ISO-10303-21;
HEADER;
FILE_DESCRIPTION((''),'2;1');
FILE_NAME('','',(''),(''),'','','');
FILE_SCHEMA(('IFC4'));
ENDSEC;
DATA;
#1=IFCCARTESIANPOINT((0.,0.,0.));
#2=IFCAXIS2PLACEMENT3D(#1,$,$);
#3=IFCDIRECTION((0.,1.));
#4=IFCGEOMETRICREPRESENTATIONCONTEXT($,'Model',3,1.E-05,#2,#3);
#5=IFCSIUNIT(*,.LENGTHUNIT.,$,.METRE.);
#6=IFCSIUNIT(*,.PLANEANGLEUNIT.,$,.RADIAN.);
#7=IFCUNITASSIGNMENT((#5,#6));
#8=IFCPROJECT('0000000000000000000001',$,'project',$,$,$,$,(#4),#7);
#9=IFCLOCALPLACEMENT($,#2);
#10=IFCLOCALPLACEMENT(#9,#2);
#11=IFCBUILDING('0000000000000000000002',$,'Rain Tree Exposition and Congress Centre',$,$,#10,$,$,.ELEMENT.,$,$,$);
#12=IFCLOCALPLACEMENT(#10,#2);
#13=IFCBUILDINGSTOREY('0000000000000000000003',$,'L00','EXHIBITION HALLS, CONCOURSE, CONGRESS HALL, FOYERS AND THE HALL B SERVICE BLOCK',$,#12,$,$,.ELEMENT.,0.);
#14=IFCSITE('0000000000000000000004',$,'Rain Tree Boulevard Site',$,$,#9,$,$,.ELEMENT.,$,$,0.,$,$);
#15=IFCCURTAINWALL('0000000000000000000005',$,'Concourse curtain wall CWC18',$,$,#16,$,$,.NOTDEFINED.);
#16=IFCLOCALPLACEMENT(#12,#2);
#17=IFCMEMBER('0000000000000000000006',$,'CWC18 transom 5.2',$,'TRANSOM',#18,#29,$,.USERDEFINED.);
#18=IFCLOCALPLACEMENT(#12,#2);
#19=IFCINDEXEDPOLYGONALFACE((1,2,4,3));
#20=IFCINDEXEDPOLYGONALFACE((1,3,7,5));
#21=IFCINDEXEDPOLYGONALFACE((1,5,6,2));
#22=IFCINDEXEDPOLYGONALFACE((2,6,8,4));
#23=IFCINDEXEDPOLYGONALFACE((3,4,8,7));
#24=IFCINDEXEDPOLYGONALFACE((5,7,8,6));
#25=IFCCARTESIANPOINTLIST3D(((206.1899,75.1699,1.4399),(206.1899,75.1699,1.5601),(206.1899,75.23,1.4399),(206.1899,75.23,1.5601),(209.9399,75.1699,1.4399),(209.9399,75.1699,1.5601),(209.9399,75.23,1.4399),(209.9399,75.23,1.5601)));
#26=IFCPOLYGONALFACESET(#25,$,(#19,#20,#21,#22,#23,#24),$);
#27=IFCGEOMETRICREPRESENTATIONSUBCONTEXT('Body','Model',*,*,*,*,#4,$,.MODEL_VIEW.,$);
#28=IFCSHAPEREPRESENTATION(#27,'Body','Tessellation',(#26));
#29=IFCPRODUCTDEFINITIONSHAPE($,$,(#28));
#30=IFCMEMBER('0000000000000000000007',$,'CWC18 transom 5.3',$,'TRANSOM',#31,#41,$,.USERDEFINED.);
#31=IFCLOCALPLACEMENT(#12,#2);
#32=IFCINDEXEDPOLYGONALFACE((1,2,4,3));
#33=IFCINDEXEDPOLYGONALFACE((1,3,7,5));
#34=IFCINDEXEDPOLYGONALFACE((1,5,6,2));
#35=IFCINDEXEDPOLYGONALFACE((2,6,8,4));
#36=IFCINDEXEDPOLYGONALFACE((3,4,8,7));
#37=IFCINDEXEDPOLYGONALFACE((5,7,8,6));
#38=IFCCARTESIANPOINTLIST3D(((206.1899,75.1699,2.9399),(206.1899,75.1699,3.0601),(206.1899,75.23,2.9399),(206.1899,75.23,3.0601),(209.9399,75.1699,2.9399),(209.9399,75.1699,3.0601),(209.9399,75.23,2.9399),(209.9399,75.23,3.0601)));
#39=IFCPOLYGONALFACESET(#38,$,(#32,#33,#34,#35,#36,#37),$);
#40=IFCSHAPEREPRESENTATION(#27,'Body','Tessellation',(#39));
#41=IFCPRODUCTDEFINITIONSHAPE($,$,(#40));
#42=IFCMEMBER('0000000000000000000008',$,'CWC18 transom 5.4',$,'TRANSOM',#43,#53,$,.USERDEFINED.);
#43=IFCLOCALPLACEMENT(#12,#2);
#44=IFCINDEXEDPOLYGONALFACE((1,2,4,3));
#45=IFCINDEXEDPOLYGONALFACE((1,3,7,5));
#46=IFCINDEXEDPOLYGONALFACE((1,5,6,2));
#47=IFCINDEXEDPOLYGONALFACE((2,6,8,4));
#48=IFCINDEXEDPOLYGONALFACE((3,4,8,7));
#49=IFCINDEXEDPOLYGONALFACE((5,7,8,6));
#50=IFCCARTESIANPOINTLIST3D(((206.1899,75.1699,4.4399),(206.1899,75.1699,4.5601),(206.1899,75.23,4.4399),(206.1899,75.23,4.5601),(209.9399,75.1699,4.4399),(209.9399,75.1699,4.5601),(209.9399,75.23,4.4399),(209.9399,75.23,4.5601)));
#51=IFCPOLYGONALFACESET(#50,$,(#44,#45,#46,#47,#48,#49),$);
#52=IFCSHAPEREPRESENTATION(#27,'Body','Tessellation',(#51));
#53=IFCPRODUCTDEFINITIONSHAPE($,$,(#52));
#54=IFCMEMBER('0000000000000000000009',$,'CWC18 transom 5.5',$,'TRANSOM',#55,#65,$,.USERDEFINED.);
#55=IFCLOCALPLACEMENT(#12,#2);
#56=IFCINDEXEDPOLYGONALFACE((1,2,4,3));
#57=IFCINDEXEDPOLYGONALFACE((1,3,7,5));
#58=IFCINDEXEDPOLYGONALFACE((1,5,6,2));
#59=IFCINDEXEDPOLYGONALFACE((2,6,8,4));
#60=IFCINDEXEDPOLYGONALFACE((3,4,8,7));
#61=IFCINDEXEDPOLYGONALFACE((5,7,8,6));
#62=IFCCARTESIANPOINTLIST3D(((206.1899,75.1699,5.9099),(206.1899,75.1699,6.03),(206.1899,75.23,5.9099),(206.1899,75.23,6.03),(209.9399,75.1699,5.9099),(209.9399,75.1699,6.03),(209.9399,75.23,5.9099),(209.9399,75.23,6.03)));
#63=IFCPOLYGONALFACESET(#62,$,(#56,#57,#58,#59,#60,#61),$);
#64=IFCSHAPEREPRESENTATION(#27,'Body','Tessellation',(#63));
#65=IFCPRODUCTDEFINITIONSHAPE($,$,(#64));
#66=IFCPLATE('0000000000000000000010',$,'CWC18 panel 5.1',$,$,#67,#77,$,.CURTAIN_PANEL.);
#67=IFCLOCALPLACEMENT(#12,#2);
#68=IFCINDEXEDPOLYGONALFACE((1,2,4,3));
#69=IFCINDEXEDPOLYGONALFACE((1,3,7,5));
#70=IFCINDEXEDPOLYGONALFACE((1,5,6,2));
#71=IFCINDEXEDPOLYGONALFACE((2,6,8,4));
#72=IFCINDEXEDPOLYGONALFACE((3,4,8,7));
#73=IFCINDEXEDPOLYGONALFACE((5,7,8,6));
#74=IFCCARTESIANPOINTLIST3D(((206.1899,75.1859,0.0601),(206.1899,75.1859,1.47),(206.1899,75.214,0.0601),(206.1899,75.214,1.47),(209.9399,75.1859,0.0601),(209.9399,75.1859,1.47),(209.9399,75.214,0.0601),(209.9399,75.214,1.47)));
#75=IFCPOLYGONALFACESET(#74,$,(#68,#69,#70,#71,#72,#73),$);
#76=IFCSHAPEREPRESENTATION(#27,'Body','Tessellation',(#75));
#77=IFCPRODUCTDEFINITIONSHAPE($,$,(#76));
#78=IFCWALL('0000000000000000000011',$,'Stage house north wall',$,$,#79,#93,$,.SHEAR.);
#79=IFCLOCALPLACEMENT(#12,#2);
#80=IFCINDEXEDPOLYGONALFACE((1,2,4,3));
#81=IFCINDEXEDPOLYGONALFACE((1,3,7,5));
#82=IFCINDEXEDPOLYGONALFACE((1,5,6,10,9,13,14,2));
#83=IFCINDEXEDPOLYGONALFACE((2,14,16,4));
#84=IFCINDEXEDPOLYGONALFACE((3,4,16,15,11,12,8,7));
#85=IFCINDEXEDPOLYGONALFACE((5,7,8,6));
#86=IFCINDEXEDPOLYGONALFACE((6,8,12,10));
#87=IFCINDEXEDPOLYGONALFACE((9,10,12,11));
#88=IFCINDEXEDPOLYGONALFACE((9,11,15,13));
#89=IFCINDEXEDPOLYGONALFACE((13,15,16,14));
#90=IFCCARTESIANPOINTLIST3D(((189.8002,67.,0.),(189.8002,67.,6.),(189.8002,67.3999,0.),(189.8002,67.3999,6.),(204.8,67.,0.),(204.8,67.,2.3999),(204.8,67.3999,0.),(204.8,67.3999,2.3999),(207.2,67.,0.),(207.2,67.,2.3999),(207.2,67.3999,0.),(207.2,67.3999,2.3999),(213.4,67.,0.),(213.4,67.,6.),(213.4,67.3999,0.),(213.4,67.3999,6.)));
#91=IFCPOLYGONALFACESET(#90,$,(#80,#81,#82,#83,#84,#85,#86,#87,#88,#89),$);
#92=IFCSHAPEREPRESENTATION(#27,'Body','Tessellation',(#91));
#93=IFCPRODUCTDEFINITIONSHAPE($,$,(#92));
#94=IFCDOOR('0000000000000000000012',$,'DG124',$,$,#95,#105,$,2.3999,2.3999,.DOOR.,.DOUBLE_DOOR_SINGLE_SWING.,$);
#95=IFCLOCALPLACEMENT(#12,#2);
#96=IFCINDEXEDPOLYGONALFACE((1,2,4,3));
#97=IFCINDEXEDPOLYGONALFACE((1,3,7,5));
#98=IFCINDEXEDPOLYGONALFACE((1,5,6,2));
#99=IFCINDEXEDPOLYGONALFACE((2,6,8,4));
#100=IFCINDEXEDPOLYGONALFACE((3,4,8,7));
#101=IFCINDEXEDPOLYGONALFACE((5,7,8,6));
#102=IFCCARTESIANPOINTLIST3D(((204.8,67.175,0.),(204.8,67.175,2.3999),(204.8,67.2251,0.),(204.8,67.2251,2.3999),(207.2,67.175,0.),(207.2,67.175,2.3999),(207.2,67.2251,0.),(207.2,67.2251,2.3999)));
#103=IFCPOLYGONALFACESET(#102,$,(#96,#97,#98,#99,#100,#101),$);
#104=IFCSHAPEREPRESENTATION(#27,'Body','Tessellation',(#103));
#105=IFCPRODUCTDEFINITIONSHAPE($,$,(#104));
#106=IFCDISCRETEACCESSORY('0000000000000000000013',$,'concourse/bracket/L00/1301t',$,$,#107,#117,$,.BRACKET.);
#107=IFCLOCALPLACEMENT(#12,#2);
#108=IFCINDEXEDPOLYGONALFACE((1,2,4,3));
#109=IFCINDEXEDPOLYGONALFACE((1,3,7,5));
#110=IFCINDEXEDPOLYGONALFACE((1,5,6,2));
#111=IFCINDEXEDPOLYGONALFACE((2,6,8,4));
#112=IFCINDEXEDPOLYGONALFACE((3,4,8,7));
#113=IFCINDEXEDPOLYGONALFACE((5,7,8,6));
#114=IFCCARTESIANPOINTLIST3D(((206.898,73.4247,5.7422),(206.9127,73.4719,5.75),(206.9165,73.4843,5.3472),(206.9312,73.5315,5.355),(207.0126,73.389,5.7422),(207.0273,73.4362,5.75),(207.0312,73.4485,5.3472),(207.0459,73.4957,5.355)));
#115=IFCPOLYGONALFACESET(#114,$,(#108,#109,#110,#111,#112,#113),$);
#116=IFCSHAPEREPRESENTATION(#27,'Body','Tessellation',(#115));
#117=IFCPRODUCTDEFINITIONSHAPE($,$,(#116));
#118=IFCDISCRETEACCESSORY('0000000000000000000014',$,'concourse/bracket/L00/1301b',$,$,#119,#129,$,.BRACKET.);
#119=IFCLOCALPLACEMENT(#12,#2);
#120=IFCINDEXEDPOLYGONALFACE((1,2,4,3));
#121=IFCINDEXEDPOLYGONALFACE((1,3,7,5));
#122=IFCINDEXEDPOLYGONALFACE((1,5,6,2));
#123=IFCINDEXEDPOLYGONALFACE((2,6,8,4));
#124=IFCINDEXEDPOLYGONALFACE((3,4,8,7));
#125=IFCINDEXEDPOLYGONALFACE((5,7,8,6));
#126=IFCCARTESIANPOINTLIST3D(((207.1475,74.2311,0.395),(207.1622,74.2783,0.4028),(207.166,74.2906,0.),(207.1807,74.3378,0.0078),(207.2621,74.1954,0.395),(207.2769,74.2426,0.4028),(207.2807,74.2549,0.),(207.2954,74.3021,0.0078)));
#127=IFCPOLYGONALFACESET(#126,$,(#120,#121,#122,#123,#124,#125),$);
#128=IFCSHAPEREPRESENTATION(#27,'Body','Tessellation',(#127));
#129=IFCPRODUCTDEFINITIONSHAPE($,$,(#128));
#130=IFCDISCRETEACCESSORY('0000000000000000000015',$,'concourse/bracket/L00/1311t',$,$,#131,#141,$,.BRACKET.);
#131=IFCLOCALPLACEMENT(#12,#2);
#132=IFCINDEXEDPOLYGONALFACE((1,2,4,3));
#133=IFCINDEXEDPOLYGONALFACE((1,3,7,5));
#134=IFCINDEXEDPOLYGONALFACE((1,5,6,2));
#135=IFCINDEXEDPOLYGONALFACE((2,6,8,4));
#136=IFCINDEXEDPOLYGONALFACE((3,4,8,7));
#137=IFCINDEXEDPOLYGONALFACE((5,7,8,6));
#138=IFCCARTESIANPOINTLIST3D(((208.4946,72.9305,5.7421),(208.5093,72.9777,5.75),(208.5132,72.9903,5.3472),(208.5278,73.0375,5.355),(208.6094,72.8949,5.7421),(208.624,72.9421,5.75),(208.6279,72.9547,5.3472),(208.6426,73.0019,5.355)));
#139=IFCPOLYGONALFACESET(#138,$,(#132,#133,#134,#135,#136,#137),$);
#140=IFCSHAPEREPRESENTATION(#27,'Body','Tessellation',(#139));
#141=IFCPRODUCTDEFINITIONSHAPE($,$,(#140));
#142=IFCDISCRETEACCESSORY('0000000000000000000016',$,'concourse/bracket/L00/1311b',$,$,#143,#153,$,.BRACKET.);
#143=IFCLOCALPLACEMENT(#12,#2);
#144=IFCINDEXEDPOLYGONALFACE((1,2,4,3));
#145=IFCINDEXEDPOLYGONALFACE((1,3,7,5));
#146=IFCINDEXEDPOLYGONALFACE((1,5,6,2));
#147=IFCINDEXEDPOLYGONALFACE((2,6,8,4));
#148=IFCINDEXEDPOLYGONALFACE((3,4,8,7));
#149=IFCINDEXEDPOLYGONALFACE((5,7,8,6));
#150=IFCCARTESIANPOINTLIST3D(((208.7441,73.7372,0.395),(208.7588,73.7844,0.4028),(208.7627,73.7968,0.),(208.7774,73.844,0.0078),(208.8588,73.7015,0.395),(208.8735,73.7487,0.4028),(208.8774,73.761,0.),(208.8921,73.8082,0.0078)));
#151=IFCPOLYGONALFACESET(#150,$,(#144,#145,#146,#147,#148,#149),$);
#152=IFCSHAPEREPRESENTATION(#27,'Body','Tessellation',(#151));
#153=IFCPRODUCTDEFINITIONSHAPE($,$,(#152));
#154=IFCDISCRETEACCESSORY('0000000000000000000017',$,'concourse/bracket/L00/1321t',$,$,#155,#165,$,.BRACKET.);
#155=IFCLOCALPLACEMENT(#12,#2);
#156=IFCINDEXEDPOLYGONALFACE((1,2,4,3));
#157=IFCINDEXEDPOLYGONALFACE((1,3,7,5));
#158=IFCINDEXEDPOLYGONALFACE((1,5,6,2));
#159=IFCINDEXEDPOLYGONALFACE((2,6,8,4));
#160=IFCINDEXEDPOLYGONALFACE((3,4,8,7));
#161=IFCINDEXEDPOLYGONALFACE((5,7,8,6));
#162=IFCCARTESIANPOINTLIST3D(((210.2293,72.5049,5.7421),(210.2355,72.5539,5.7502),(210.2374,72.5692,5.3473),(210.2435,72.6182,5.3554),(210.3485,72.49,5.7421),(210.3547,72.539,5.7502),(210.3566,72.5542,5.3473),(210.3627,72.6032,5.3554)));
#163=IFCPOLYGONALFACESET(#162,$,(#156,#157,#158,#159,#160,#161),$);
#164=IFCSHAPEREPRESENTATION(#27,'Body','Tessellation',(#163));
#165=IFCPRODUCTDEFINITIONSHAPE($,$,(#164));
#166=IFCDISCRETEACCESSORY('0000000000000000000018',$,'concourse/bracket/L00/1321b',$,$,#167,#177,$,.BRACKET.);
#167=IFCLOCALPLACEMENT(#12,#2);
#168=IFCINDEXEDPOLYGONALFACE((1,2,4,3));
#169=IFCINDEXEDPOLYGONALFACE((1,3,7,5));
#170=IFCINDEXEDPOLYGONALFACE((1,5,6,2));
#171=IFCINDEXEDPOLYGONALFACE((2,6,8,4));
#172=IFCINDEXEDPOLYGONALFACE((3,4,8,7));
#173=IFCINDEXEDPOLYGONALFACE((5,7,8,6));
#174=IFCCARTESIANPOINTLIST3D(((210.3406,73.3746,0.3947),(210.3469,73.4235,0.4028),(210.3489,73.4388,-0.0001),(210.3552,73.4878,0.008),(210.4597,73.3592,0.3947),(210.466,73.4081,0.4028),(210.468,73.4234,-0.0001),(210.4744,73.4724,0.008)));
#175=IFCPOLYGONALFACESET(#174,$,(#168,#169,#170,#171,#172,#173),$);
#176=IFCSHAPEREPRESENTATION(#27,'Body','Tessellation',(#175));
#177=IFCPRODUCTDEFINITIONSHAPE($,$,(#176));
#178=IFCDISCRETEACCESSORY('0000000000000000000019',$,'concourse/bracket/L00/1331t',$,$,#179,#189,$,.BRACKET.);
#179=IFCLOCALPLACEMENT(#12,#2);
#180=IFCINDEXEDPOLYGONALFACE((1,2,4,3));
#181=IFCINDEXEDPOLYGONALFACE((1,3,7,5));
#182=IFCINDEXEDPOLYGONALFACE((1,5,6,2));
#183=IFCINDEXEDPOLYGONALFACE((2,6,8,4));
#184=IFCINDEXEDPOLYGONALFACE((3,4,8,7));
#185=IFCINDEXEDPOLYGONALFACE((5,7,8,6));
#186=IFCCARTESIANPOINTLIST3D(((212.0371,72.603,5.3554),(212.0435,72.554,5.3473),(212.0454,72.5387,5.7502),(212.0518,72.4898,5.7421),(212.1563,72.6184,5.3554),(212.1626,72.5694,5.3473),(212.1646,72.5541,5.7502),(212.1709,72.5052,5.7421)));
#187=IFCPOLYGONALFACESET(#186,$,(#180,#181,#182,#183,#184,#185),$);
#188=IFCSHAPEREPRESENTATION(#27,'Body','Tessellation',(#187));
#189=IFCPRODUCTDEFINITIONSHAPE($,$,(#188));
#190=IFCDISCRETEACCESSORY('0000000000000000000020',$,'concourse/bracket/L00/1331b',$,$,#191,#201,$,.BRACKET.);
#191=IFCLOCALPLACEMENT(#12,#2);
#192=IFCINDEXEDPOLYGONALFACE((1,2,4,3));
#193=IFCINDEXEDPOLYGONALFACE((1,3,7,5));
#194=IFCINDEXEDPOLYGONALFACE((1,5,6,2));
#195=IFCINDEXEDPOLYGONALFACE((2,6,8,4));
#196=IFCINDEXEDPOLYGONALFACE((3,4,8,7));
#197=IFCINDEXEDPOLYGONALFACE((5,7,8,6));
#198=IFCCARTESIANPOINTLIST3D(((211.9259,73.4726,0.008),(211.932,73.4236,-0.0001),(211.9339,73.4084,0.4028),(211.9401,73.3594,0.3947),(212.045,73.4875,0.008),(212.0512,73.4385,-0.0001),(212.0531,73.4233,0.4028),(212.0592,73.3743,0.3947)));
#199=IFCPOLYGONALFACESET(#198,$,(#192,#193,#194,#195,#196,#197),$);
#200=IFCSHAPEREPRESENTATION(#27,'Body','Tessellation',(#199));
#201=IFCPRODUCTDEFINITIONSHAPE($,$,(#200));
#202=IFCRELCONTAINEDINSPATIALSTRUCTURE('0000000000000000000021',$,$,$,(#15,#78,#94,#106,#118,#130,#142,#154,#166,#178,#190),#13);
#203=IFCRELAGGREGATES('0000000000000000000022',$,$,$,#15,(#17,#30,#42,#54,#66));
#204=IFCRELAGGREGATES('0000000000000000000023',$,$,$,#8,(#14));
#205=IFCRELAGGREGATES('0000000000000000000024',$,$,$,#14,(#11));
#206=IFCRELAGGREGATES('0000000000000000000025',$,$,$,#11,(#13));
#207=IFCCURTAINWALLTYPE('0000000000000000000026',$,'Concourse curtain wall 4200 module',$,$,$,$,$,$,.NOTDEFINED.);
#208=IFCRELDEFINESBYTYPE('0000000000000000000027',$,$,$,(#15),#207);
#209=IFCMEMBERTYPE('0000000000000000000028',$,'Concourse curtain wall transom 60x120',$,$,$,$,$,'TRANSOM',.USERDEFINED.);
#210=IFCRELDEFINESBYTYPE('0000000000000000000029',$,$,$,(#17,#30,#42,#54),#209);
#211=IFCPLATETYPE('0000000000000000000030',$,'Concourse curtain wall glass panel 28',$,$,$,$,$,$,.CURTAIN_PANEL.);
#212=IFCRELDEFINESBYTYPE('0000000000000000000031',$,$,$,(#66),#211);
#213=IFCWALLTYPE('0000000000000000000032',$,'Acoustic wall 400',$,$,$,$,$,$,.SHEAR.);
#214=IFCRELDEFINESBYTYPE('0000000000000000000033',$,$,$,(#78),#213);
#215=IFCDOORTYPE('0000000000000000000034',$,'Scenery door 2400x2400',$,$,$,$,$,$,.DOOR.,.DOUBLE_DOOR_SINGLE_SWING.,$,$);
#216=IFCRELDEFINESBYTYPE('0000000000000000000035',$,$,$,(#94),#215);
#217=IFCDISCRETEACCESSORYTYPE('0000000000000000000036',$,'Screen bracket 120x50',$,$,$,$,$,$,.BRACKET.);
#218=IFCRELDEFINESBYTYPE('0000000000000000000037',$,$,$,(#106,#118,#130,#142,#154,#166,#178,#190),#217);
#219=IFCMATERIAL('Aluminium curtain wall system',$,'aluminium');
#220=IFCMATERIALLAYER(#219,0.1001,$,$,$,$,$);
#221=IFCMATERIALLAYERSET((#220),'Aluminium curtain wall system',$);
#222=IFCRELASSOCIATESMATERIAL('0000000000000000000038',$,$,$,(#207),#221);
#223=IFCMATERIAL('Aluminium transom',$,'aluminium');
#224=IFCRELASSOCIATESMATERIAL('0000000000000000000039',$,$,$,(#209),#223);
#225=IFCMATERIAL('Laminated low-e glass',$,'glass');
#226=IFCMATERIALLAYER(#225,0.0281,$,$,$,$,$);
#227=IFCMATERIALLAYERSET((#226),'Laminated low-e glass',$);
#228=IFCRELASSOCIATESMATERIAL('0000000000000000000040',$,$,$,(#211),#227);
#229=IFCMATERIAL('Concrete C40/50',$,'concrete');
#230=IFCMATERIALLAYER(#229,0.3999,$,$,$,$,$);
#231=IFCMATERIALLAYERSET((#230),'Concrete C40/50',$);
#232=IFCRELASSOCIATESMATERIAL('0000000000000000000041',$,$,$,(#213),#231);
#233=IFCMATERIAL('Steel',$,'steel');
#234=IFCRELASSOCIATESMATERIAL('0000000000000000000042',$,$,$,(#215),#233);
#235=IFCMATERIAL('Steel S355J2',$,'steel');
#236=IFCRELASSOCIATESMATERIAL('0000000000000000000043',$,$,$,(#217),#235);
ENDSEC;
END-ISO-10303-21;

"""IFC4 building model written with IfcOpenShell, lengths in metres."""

from ifc_helpers import new_model, si_unit, direction, frame, frame_2d, origin, origin_2d, place, context, subcontext, project, spatial, rectangle, extrude, material, layer, layer_set, material_profile, profile_set, type_object, element, fill, aggregate, save


model = new_model("IFC4")

# Units and contexts
model_context = context("Model", 3, precision=1e-05, world=origin(), true_north=direction((0.0, 1.0)))
body_context = subcontext(model_context, "Body", "Model", "MODEL_VIEW")
ifc_project = project(units=[si_unit("LENGTHUNIT", "METRE"), si_unit("PLANEANGLEUNIT", "RADIAN")], contexts=[model_context])

# Site, building, storey
site_placement = place(None, origin())
site = spatial("IfcSite", under=ifc_project, at=site_placement, Name="Rain Tree Boulevard Site", CompositionType="ELEMENT", RefElevation=0.0)
building_placement = place(site_placement, origin())
building = spatial("IfcBuilding", under=site, at=building_placement, Name="Rain Tree Exposition and Congress Centre", CompositionType="ELEMENT")
storey_placement = place(building_placement, origin())
storey = spatial("IfcBuildingStorey", under=building, at=storey_placement, Name="L00", Description="EXHIBITION HALLS, CONCOURSE, CONGRESS HALL, FOYERS AND THE HALL B SERVICE BLOCK", CompositionType="ELEMENT", Elevation=0.0)

# Curtain wall, members, plate
ifc_material_1 = material(Name="Aluminium curtain wall system", Category="aluminium")
ifc_layer_1 = layer(ifc_material_1, 0.1001)
ifc_layer_set_1 = layer_set([ifc_layer_1], Name="Aluminium curtain wall system")
curtain_wall_type = type_object("IfcCurtainWallType", Name="Concourse curtain wall 4200 module", PredefinedType="NOTDEFINED", material=ifc_layer_set_1)
curtain_wall_placement = place(storey_placement, origin())
curtain_wall = element("IfcCurtainWall", 1, at=curtain_wall_placement, inside=storey, type_object=curtain_wall_type, Name="Concourse curtain wall CWC18", PredefinedType="NOTDEFINED")
ifc_material_2 = material(Name="Aluminium transom", Category="aluminium")
ifc_material_profile_1 = material_profile(ifc_material_2, rectangle(XDim=0.0601, YDim=0.1201, at=origin_2d()), Name="AL 60x120")
ifc_profile_set_1 = profile_set([ifc_material_profile_1], Name="Aluminium transom")
member_type = type_object("IfcMemberType", Name="Concourse curtain wall transom 60x120", ElementType="TRANSOM", PredefinedType="USERDEFINED", material=ifc_profile_set_1)
member_1_placement = place(storey_placement, frame((206.1899, 75.2, 1.5), z_axis=(1.0, 0.0, 0.0), x_axis=(0.0, 1.0, 0.0)))
member_1 = element("IfcMember", 2, at=member_1_placement, type_object=member_type, Name="CWC18 transom 5.2", ObjectType="TRANSOM", PredefinedType="USERDEFINED", context=body_context, shape_type="SweptSolid", body=[
    extrude(rectangle(XDim=0.0601, YDim=0.1201, at=origin_2d()), origin(), (0.0, 0.0, 1.0), 3.75),
])
member_2_placement = place(storey_placement, frame((206.1899, 75.2, 3.0), z_axis=(1.0, 0.0, 0.0), x_axis=(0.0, 1.0, 0.0)))
member_2 = element("IfcMember", 3, at=member_2_placement, type_object=member_type, Name="CWC18 transom 5.3", ObjectType="TRANSOM", PredefinedType="USERDEFINED", context=body_context, shape_type="SweptSolid", body=[
    extrude(rectangle(XDim=0.0601, YDim=0.1201, at=origin_2d()), origin(), (0.0, 0.0, 1.0), 3.75),
])
member_3_placement = place(storey_placement, frame((206.1899, 75.2, 4.5), z_axis=(1.0, 0.0, 0.0), x_axis=(0.0, 1.0, 0.0)))
member_3 = element("IfcMember", 4, at=member_3_placement, type_object=member_type, Name="CWC18 transom 5.4", ObjectType="TRANSOM", PredefinedType="USERDEFINED", context=body_context, shape_type="SweptSolid", body=[
    extrude(rectangle(XDim=0.0601, YDim=0.1201, at=origin_2d()), origin(), (0.0, 0.0, 1.0), 3.75),
])
member_4_placement = place(storey_placement, frame((206.1899, 75.2, 5.97), z_axis=(1.0, 0.0, 0.0), x_axis=(0.0, 1.0, 0.0)))
member_4 = element("IfcMember", 5, at=member_4_placement, type_object=member_type, Name="CWC18 transom 5.5", ObjectType="TRANSOM", PredefinedType="USERDEFINED", context=body_context, shape_type="SweptSolid", body=[
    extrude(rectangle(XDim=0.0601, YDim=0.1201, at=origin_2d()), origin(), (0.0, 0.0, 1.0), 3.75),
])
ifc_material_3 = material(Name="Laminated low-e glass", Category="glass")
ifc_layer_2 = layer(ifc_material_3, 0.0281)
ifc_layer_set_2 = layer_set([ifc_layer_2], Name="Laminated low-e glass")
plate_type = type_object("IfcPlateType", Name="Concourse curtain wall glass panel 28", PredefinedType="CURTAIN_PANEL", material=ifc_layer_set_2)
plate_placement = place(storey_placement, frame((208.0649, 75.2, 0.0601), z_axis=(0.0, 0.0, 1.0), x_axis=(1.0, 0.0, 0.0)))
plate = element("IfcPlate", 6, at=plate_placement, type_object=plate_type, Name="CWC18 panel 5.1", PredefinedType="CURTAIN_PANEL", context=body_context, shape_type="SweptSolid", body=[
    extrude(rectangle(XDim=3.75, YDim=0.0281, at=origin_2d()), origin(), (0.0, 0.0, 1.0), 1.4099),
])
aggregate(curtain_wall, [member_1, member_2, member_3, member_4, plate])

# Wall, opening, door
ifc_material_4 = material(Name="Concrete C40/50", Category="concrete")
ifc_layer_3 = layer(ifc_material_4, 0.3999)
ifc_layer_set_3 = layer_set([ifc_layer_3], Name="Concrete C40/50")
wall_type = type_object("IfcWallType", Name="Acoustic wall 400", PredefinedType="SHEAR", material=ifc_layer_set_3)
wall_placement = place(storey_placement, frame((213.3999, 67.2, 0.0), z_axis=(0.0, 0.0, 1.0), x_axis=(-1.0, 0.0, 0.0)))
wall = element("IfcWall", 7, at=wall_placement, inside=storey, type_object=wall_type, Name="Stage house north wall", PredefinedType="SHEAR", context=body_context, shape_type="SweptSolid", body=[
    extrude(rectangle(XDim=23.5999, YDim=0.3999, at=frame_2d((11.7998, 0.0))), origin(), (0.0, 0.0, 1.0), 6.0),
])
opening_placement = place(wall_placement, frame((6.2, 0.0, 0.0)))
opening = element("IfcOpeningElement", 8, at=opening_placement, cuts=wall, PredefinedType="OPENING", context=body_context, shape_type="SweptSolid", body=[
    extrude(rectangle(XDim=2.3999, YDim=2.3999, at=frame_2d((1.2, 1.2))), frame((0.0, 0.2, 0.0), z_axis=(0.0, -1.0, 0.0), x_axis=(1.0, 0.0, 0.0)), (0.0, 0.0, 1.0), 0.3999),
])
ifc_material_5 = material(Name="Steel", Category="steel")
door_type = type_object("IfcDoorType", Name="Scenery door 2400x2400", OperationType="DOUBLE_DOOR_SINGLE_SWING", PredefinedType="DOOR", material=ifc_material_5)
door_placement = place(opening_placement, origin())
door = element("IfcDoor", 9, at=door_placement, inside=storey, type_object=door_type, Name="DG124", OperationType="DOUBLE_DOOR_SINGLE_SWING", OverallHeight=2.3999, OverallWidth=2.3999, PredefinedType="DOOR", context=body_context, shape_type="SweptSolid", body=[
    extrude(rectangle(XDim=2.3999, YDim=2.3999, at=frame_2d((1.2, 1.2))), frame((0.0, 0.0249, 0.0), z_axis=(0.0, -1.0, 0.0), x_axis=(1.0, 0.0, 0.0)), (0.0, 0.0, 1.0), 0.05),
])
fill(opening, door)

# Discrete accessories
ifc_material_6 = material(Name="Steel S355J2", Category="steel")
ifc_material_profile_2 = material_profile(ifc_material_6, rectangle(XDim=0.1201, YDim=0.05, at=origin_2d()), Name="Flat bar 120x50")
ifc_profile_set_2 = profile_set([ifc_material_profile_2], Name="Steel S355J2")
discrete_accessory_type = type_object("IfcDiscreteAccessoryType", Name="Screen bracket 120x50", PredefinedType="BRACKET", material=ifc_profile_set_2)
for number, where, z_axis, x_axis, name in (
    (10, (206.9812, 73.49, 5.3511), (-0.046396, -0.148957, 0.987755), (0.954758, -0.297384, 0.0), "concourse/bracket/L00/1301t"),
    (11, (207.2307, 74.2964, 0.0039), (-0.046396, -0.148957, 0.987755), (0.954758, -0.297384, 0.0), "concourse/bracket/L00/1301b"),
    (12, (208.5779, 72.9961, 5.3511), (-0.046392, -0.149554, 0.987665), (0.955102, -0.296277, 0.0), "concourse/bracket/L00/1311t"),
    (13, (208.8274, 73.8025, 0.0039), (-0.046396, -0.148957, 0.987755), (0.954758, -0.297384, 0.0), "concourse/bracket/L00/1311b"),
):
    element("IfcDiscreteAccessory", number, at=place(storey_placement, frame(where, z_axis=z_axis, x_axis=x_axis)), inside=storey, type_object=discrete_accessory_type, Name=name, PredefinedType="BRACKET", context=body_context, shape_type="SweptSolid", body=[
        extrude(rectangle(XDim=0.1201, YDim=0.05, at=origin_2d()), origin(), (0.0, 0.0, 1.0), 0.3999),
    ])
for number, where, z_axis, x_axis, name in (
    (14, (210.3, 72.5862, 5.3513), (-0.020139, -0.160505, 0.98683), (0.99222, -0.124499, 0.0), "concourse/bracket/L00/1321t"),
    (15, (210.4116, 73.4556, 0.0039), (-0.020749, -0.160503, 0.986817), (0.991747, -0.128211, 0.0), "concourse/bracket/L00/1321b"),
    (16, (212.0999, 72.5862, 5.3513), (0.020749, -0.160503, 0.986817), (0.991747, 0.128211, 0.0), "concourse/bracket/L00/1331t"),
    (17, (211.9885, 73.4556, 0.0039), (0.020139, -0.160505, 0.98683), (0.99222, 0.124499, 0.0), "concourse/bracket/L00/1331b"),
):
    element("IfcDiscreteAccessory", number, at=place(storey_placement, frame(where, z_axis=z_axis, x_axis=x_axis)), inside=storey, type_object=discrete_accessory_type, Name=name, PredefinedType="BRACKET", context=body_context, shape_type="SweptSolid", body=[
        extrude(rectangle(XDim=0.1201, YDim=0.05, at=origin_2d()), origin(), (0.0, 0.0, 1.0), 0.4001),
    ])

save(model, "model.ifc")
